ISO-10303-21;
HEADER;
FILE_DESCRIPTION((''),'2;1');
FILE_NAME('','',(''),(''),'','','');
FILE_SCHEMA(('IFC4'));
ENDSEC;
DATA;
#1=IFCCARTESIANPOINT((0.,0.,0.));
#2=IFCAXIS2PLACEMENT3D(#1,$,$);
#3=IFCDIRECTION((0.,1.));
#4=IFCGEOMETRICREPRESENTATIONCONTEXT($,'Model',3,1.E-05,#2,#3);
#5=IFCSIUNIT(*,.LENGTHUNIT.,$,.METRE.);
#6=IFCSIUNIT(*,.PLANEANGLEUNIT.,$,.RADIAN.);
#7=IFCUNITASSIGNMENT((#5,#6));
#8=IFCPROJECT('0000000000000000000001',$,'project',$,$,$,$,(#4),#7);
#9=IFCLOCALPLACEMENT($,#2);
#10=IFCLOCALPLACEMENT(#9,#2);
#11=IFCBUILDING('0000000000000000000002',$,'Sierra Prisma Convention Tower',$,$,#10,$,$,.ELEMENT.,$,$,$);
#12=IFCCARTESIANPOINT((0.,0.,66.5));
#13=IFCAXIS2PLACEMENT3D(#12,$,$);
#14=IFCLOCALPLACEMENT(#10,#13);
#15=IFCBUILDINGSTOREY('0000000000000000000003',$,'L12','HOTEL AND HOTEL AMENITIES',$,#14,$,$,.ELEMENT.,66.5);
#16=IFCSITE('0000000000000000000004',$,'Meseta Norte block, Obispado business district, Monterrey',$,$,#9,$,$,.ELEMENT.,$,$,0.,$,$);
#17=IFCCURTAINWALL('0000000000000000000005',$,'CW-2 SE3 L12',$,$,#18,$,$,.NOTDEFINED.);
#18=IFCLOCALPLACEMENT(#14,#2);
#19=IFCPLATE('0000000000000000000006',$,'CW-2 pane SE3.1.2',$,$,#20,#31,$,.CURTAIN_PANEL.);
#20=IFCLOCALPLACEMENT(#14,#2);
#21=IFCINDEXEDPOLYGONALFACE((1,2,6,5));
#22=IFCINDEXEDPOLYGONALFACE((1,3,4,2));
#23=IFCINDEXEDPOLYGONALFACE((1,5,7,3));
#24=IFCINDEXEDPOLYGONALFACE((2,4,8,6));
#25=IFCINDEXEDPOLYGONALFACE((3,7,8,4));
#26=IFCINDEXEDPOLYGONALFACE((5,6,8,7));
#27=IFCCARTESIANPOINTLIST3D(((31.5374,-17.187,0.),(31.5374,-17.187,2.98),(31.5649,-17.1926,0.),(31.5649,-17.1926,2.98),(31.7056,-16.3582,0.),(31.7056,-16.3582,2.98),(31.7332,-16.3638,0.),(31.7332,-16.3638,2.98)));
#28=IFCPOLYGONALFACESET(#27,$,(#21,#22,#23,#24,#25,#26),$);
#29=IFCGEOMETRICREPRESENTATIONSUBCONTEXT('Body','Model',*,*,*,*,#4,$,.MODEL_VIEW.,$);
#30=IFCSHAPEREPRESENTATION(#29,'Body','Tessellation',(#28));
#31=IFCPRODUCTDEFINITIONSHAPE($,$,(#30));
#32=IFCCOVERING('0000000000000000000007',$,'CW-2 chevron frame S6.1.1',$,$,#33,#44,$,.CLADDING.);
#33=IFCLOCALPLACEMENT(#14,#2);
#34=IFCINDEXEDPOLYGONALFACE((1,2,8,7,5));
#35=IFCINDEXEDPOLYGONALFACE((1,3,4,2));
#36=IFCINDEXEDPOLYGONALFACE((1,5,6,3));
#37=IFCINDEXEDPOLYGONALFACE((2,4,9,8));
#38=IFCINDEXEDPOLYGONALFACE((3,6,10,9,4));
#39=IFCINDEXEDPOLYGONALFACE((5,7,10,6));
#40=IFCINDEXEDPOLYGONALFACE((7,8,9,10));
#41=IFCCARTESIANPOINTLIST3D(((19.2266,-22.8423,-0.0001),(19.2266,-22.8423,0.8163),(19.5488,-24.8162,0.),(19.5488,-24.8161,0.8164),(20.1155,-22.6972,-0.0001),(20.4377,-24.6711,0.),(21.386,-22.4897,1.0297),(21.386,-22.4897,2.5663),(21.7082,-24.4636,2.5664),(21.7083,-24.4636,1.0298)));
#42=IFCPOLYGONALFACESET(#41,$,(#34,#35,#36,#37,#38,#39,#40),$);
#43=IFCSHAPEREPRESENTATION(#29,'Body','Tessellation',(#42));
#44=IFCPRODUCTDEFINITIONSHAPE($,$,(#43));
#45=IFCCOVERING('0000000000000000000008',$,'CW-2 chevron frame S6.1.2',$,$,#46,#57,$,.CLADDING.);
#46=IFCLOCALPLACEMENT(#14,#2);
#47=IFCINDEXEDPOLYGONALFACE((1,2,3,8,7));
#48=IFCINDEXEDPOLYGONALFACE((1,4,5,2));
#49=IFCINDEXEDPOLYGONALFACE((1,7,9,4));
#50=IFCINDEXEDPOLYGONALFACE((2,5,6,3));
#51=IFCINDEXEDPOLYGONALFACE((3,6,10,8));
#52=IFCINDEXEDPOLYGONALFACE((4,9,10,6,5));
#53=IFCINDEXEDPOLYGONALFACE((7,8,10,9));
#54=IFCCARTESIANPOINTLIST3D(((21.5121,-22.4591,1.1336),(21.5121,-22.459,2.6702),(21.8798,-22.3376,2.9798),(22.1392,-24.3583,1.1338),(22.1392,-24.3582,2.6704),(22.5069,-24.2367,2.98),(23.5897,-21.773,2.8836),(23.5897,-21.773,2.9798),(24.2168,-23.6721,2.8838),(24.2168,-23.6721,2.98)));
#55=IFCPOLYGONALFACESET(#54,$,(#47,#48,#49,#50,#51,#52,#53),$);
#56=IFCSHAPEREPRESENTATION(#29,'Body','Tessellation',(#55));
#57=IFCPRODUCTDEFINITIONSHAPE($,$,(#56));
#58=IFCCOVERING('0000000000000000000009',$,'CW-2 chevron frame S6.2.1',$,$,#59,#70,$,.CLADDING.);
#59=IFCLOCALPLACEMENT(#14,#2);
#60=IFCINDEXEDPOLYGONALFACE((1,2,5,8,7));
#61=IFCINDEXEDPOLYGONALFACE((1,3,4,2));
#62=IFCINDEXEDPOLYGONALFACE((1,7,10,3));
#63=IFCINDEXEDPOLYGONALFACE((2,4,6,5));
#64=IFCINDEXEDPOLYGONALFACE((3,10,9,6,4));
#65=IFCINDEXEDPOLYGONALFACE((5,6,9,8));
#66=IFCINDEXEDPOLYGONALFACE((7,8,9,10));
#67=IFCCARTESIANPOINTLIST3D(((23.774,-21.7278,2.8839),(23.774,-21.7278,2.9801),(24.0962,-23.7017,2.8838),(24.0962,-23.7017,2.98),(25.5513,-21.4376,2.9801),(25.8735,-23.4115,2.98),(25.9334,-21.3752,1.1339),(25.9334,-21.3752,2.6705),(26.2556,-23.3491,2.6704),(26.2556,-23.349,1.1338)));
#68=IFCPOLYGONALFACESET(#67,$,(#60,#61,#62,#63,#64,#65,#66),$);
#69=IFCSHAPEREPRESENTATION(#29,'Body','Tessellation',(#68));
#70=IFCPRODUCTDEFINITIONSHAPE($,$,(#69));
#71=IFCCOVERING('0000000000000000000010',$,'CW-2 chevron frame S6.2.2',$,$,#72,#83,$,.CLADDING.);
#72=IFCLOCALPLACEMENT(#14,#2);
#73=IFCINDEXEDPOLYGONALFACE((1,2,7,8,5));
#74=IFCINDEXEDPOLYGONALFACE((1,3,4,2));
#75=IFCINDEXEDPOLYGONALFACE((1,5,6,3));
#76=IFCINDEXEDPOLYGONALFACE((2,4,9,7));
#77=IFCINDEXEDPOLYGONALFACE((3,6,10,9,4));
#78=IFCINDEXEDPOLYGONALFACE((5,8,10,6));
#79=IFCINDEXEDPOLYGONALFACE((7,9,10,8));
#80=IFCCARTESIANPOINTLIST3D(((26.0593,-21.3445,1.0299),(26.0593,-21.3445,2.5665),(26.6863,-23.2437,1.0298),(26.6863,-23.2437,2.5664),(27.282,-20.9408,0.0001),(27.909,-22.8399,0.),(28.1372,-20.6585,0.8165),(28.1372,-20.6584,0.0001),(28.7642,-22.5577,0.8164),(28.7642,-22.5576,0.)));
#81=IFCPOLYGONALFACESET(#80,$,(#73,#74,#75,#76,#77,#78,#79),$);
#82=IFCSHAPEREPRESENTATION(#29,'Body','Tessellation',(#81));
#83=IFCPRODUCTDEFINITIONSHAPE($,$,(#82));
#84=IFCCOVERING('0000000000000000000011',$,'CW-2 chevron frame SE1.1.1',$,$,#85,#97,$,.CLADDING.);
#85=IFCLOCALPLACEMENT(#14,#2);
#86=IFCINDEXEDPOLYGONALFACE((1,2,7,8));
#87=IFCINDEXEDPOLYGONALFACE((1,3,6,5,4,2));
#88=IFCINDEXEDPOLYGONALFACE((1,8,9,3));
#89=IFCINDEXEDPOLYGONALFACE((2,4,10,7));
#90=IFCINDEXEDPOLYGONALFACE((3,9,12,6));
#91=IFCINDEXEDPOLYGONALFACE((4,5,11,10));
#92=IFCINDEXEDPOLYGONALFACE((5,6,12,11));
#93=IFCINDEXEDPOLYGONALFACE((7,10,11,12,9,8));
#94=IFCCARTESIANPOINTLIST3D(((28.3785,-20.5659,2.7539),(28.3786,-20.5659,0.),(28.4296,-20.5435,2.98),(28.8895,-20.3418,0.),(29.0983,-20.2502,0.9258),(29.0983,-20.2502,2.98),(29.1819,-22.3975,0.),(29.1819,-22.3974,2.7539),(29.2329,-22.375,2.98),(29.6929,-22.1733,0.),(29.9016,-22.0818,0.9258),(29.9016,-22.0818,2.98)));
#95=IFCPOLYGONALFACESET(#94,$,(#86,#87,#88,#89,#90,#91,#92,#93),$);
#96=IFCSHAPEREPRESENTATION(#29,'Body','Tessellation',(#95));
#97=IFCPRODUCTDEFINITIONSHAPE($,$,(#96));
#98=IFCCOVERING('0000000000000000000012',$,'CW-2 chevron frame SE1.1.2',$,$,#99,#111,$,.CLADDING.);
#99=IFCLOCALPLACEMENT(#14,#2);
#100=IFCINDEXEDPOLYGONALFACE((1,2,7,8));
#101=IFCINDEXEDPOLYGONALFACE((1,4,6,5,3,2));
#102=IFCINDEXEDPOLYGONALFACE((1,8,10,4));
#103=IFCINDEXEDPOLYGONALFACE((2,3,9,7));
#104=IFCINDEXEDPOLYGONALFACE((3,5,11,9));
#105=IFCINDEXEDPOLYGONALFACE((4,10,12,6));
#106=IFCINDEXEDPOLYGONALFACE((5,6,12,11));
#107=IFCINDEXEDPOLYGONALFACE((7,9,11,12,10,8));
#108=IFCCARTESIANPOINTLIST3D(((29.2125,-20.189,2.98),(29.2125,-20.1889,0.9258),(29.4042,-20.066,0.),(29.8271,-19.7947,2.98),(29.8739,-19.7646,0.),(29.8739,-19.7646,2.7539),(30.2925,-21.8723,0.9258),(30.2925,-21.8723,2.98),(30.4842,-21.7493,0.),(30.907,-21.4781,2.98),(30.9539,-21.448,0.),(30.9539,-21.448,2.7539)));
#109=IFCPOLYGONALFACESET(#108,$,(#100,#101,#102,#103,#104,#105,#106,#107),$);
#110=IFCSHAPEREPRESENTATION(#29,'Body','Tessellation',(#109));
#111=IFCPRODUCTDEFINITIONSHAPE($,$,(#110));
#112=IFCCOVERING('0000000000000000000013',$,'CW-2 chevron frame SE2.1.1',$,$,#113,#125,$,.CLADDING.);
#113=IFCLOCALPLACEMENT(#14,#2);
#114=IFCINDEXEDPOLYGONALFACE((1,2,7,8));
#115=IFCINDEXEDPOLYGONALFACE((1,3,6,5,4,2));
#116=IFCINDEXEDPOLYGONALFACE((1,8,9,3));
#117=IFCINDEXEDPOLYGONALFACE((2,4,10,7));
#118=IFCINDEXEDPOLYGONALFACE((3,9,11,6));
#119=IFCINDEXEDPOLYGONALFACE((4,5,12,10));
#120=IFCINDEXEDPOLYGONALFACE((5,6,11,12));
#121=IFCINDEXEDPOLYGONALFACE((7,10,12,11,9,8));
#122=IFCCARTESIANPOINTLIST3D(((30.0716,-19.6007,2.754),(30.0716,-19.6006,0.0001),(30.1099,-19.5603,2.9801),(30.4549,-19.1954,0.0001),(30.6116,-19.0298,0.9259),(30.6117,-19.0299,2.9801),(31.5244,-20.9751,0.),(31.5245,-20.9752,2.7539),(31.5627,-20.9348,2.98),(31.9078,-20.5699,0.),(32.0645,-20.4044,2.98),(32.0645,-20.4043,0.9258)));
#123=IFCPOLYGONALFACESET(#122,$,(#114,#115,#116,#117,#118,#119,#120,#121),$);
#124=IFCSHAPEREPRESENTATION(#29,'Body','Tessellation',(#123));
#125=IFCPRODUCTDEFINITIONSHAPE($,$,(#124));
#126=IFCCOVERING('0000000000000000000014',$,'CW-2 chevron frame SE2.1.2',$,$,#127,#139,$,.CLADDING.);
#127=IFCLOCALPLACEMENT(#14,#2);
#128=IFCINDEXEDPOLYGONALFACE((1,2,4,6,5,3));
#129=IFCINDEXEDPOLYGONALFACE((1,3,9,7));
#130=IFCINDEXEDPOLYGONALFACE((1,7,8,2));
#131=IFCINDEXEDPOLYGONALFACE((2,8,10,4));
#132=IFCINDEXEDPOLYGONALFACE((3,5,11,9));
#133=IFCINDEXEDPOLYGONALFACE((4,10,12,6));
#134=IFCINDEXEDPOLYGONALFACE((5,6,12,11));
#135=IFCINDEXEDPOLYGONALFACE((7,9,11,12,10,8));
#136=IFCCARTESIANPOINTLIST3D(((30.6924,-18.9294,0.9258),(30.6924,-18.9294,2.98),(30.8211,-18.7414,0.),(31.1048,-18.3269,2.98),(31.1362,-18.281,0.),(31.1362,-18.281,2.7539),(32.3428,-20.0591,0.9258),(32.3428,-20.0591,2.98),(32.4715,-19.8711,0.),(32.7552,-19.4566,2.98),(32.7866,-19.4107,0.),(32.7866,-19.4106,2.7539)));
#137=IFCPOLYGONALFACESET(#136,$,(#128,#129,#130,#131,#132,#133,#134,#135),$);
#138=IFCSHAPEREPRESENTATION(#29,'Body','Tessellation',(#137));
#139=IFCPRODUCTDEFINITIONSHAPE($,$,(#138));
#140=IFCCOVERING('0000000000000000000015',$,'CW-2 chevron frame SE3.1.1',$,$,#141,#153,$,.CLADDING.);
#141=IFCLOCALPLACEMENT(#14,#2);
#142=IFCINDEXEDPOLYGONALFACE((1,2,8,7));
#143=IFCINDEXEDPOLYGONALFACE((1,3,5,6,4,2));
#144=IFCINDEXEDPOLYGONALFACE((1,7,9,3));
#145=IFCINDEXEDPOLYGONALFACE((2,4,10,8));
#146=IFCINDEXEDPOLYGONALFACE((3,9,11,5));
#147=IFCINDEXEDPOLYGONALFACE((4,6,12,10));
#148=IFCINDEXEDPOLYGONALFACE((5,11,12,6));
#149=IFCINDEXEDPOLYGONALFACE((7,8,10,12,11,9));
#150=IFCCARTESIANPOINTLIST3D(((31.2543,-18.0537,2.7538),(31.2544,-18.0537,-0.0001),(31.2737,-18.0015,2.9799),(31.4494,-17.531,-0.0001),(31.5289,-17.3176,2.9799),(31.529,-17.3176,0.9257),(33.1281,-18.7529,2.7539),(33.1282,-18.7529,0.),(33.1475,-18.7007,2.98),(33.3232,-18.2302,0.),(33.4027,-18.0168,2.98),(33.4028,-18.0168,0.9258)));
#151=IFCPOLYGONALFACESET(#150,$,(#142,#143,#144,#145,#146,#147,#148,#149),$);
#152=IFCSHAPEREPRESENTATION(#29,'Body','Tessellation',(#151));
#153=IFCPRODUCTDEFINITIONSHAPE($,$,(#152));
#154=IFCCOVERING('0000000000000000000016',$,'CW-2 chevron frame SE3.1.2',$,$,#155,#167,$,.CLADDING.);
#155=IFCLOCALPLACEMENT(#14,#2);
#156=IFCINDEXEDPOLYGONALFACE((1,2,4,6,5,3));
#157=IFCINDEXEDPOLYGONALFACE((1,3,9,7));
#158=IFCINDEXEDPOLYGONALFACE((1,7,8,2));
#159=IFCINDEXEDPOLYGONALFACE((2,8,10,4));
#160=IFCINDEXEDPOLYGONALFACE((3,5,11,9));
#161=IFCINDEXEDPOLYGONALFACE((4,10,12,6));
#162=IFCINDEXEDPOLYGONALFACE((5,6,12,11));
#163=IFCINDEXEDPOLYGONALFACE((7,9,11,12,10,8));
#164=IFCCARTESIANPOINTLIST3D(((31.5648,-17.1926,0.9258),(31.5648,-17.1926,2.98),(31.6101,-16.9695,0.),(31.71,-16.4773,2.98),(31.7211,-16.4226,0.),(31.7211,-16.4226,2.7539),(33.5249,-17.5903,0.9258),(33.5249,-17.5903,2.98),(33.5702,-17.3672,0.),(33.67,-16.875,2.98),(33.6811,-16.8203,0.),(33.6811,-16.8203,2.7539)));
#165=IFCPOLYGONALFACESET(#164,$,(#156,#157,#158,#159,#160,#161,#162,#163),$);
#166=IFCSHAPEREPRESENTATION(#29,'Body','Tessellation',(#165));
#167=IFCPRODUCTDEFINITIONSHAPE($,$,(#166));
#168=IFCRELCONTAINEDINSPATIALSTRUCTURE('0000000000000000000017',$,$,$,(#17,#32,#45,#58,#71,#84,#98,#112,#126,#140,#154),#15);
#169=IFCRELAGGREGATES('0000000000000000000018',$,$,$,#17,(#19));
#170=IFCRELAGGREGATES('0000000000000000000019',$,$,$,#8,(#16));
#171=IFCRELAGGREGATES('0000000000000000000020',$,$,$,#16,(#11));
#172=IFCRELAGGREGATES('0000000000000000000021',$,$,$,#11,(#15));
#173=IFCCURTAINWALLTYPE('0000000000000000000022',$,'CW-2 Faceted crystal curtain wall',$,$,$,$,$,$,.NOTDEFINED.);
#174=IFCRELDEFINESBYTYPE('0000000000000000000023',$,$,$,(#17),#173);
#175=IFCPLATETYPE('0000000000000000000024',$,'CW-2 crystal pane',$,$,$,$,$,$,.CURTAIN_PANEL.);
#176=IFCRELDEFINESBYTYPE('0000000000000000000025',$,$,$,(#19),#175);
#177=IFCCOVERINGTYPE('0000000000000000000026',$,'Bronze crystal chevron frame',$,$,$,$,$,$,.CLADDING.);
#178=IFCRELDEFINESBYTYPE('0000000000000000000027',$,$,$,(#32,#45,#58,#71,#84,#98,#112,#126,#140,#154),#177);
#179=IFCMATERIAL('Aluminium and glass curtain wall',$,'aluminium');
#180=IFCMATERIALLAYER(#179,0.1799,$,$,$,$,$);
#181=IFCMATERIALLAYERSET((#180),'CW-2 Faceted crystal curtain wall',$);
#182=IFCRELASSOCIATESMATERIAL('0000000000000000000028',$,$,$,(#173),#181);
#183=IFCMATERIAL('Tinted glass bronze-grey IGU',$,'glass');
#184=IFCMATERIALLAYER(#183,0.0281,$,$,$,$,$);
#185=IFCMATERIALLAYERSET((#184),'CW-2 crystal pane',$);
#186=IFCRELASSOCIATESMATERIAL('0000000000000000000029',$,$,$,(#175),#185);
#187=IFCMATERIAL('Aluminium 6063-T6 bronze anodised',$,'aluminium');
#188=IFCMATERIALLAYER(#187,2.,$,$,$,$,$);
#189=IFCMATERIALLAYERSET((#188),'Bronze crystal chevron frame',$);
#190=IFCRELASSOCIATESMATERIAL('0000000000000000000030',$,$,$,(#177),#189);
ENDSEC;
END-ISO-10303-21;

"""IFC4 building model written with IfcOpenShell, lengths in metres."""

from ifc_helpers import new_model, si_unit, direction, frame, origin, place, context, subcontext, project, spatial, polyline, outline, extrude, material, layer, layer_set, type_object, element, aggregate, save


model = new_model("IFC4")

# Units and contexts
model_context = context("Model", 3, precision=1e-05, world=origin(), true_north=direction((0.0, 1.0)))
body_context = subcontext(model_context, "Body", "Model", "MODEL_VIEW")
ifc_project = project(units=[si_unit("LENGTHUNIT", "METRE"), si_unit("PLANEANGLEUNIT", "RADIAN")], contexts=[model_context])

# Site, building, storey
site_placement = place(None, origin())
site = spatial("IfcSite", under=ifc_project, at=site_placement, Name="Meseta Norte block, Obispado business district, Monterrey", CompositionType="ELEMENT", RefElevation=0.0)
building_placement = place(site_placement, origin())
building = spatial("IfcBuilding", under=site, at=building_placement, Name="Sierra Prisma Convention Tower", CompositionType="ELEMENT")
storey_placement = place(building_placement, frame((0.0, 0.0, 66.5)))
storey = spatial("IfcBuildingStorey", under=building, at=storey_placement, Name="L12", Description="HOTEL AND HOTEL AMENITIES", CompositionType="ELEMENT", Elevation=66.5)

# Shared definitions
ifc_material_1 = material(Name="Aluminium and glass curtain wall", Category="aluminium")
ifc_layer_1 = layer(ifc_material_1, 0.1799)
ifc_layer_set_1 = layer_set([ifc_layer_1], Name="CW-2 Faceted crystal curtain wall")
curtain_wall_type = type_object("IfcCurtainWallType", Name="CW-2 Faceted crystal curtain wall", PredefinedType="NOTDEFINED", material=ifc_layer_set_1)

# Curtain wall
curtain_wall_1_placement = place(storey_placement, origin())
curtain_wall_1 = element("IfcCurtainWall", 1, at=curtain_wall_1_placement, inside=storey, type_object=curtain_wall_type, Name="CW-2 SE3 L12", PredefinedType="NOTDEFINED")

# Plate
ifc_material_2 = material(Name="Tinted glass bronze-grey IGU", Category="glass")
ifc_layer_2 = layer(ifc_material_2, 0.0281)
ifc_layer_set_2 = layer_set([ifc_layer_2], Name="CW-2 crystal pane")
plate_type = type_object("IfcPlateType", Name="CW-2 crystal pane", PredefinedType="CURTAIN_PANEL", material=ifc_layer_set_2)
plate_1_placement = place(storey_placement, frame((31.7332, -16.3638, 0.0), z_axis=(0.980022, -0.198891, 0.0), x_axis=(-0.198891, -0.980022, 0.0)))
plate_1 = element("IfcPlate", 2, at=plate_1_placement, type_object=plate_type, Name="CW-2 pane SE3.1.2", PredefinedType="CURTAIN_PANEL", context=body_context, shape_type="SweptSolid", body=[
    extrude(outline(polyline([(0.0, 0.0), (0.8458, 0.0), (0.8458, -2.98), (0.0, -2.98), (0.0, 0.0)])), origin(), (0.0, 0.0, -1.0), 0.0281),
])
aggregate(curtain_wall_1, [plate_1])

# Coverings
ifc_material_3 = material(Name="Aluminium 6063-T6 bronze anodised", Category="aluminium")
ifc_layer_3 = layer(ifc_material_3, 2.0)
ifc_layer_set_3 = layer_set([ifc_layer_3], Name="Bronze crystal chevron frame")
covering_type = type_object("IfcCoveringType", Name="Bronze crystal chevron frame", PredefinedType="CLADDING", material=ifc_layer_set_3)
covering_1_placement = place(storey_placement, frame((19.5488, -24.8162, 0.0), z_axis=(0.161106, -0.986937, 0.000036), x_axis=(0.986937, 0.161106, 0.0)))
element("IfcCovering", 3, at=covering_1_placement, inside=storey, type_object=covering_type, Name="CW-2 chevron frame S6.1.1", PredefinedType="CLADDING", context=body_context, shape_type="SweptSolid", body=[
    extrude(outline(polyline([(0.0, 0.0), (0.9007, 0.0), (2.188, 1.0298), (2.188, 2.5664), (0.0, 0.8164), (0.0, 0.0)])), origin(), (0.0, 0.0, -1.0), 2.0),
])
covering_2_placement = place(storey_placement, frame((22.1392, -24.3582, 2.6704), z_axis=(0.313537, -0.949576, 0.000088), x_axis=(0.000028, -0.000084, -1.0)))
element("IfcCovering", 4, at=covering_2_placement, inside=storey, type_object=covering_type, Name="CW-2 chevron frame S6.1.2", PredefinedType="CLADDING", context=body_context, shape_type="SweptSolid", body=[
    extrude(outline(polyline([(0.0, 0.0), (1.5366, 0.0), (-0.2134, 2.188), (-0.3096, 2.188), (-0.3096, 0.3873), (0.0, 0.0)])), origin(), (0.0, 0.0, -1.0), 2.0),
])
covering_3_placement = place(storey_placement, frame((24.0962, -23.7017, 2.98), z_axis=(0.161114, -0.986936, -0.000064), x_axis=(-0.00001, 0.000064, -1.0)))
element("IfcCovering", 5, at=covering_3_placement, inside=storey, type_object=covering_type, Name="CW-2 chevron frame S6.2.1", PredefinedType="CLADDING", context=body_context, shape_type="SweptSolid", body=[
    extrude(outline(polyline([(0.0, 0.0), (0.0962, 0.0), (1.8462, 2.188), (0.3096, 2.188), (0.0, 1.8009), (0.0, 0.0)])), origin(), (0.0, 0.0, -1.0), 2.0),
])
covering_4_placement = place(storey_placement, frame((28.7642, -22.5576, 0.0), z_axis=(0.313495, -0.94959, -0.000046), x_axis=(0.000014, -0.000044, 1.0)))
element("IfcCovering", 6, at=covering_4_placement, inside=storey, type_object=covering_type, Name="CW-2 chevron frame S6.2.2", PredefinedType="CLADDING", context=body_context, shape_type="SweptSolid", body=[
    extrude(outline(polyline([(0.0, 0.0), (0.8164, 0.0), (2.5664, 2.1882), (1.0298, 2.1882), (0.0, 0.9006), (0.0, 0.0)])), origin(), (0.0, 0.0, -1.0), 2.0),
])
covering_5_placement = place(storey_placement, frame((29.1819, -22.3975, 0.0), z_axis=(0.401663, -0.915788, 0.000013), x_axis=(0.915788, 0.401663, 0.0)))
element("IfcCovering", 7, at=covering_5_placement, inside=storey, type_object=covering_type, Name="CW-2 chevron frame SE1.1.1", PredefinedType="CLADDING", context=body_context, shape_type="SweptSolid", body=[
    extrude(outline(polyline([(0.0, 0.0), (0.558, 0.0), (0.7859, 0.9258), (0.7859, 2.98), (0.0558, 2.98), (0.0, 2.7539), (0.0, 0.0)])), origin(), (0.0, 0.0, -1.0), 2.0),
])
covering_6_placement = place(storey_placement, frame((30.2925, -21.8723, 2.98), z_axis=(0.539976, -0.84168, -0.000007), x_axis=(-0.000004, 0.000006, -1.0)))
element("IfcCovering", 8, at=covering_6_placement, inside=storey, type_object=covering_type, Name="CW-2 chevron frame SE1.1.2", PredefinedType="CLADDING", context=body_context, shape_type="SweptSolid", body=[
    extrude(outline(polyline([(0.0, 0.0), (2.0542, 0.0), (2.98, 0.2278), (2.98, 0.7858), (0.2261, 0.7858), (0.0, 0.7301), (0.0, 0.0)])), origin(), (0.0, 0.0, -1.0), 2.0),
])
covering_7_placement = place(storey_placement, frame((31.5244, -20.9751, 0.0), z_axis=(0.726429, -0.687242, -0.000045), x_axis=(0.687242, 0.726429, 0.0)))
element("IfcCovering", 9, at=covering_7_placement, inside=storey, type_object=covering_type, Name="CW-2 chevron frame SE2.1.1", PredefinedType="CLADDING", context=body_context, shape_type="SweptSolid", body=[
    extrude(outline(polyline([(0.0, 0.0), (0.5578, 0.0), (0.7858, 0.9258), (0.7858, 2.98), (0.0556, 2.98), (0.0, 2.7539), (0.0, 0.0)])), origin(), (0.0, 0.0, -1.0), 2.0),
])
covering_8_placement = place(storey_placement, frame((32.3428, -20.0591, 2.98), z_axis=(0.825201, -0.564839, 0.000009), x_axis=(0.000008, -0.000005, -1.0)))
element("IfcCovering", 10, at=covering_8_placement, inside=storey, type_object=covering_type, Name="CW-2 chevron frame SE2.1.2", PredefinedType="CLADDING", context=body_context, shape_type="SweptSolid", body=[
    extrude(outline(polyline([(0.0, 0.0), (2.0542, 0.0), (2.98, 0.2278), (2.98, 0.7858), (0.2261, 0.7858), (0.0, 0.7301), (0.0, 0.0)])), origin(), (0.0, 0.0, -1.0), 2.0),
])
covering_9_placement = place(storey_placement, frame((33.1282, -18.7529, 0.0), z_axis=(0.936897, -0.349605, 0.000039), x_axis=(0.349605, 0.936897, 0.0)))
element("IfcCovering", 11, at=covering_9_placement, inside=storey, type_object=covering_type, Name="CW-2 chevron frame SE3.1.1", PredefinedType="CLADDING", context=body_context, shape_type="SweptSolid", body=[
    extrude(outline(polyline([(0.0, 0.0), (0.5579, 0.0), (0.7857, 0.9258), (0.7857, 2.98), (0.0557, 2.98), (0.0, 2.7539), (0.0, 0.0)])), origin(), (0.0, 0.0, -1.0), 2.0),
])
covering_10_placement = place(storey_placement, frame((33.5249, -17.5903, 2.98), z_axis=(0.980031, -0.198843, 0.000003), x_axis=(0.000003, -0.000001, -1.0)))
element("IfcCovering", 12, at=covering_10_placement, inside=storey, type_object=covering_type, Name="CW-2 chevron frame SE3.1.2", PredefinedType="CLADDING", context=body_context, shape_type="SweptSolid", body=[
    extrude(outline(polyline([(0.0, 0.0), (2.0542, 0.0), (2.98, 0.2277), (2.98, 0.7857), (0.2261, 0.7857), (0.0, 0.7299), (0.0, 0.0)])), origin(), (0.0, 0.0, -1.0), 2.0),
])

save(model, "model.ifc")
